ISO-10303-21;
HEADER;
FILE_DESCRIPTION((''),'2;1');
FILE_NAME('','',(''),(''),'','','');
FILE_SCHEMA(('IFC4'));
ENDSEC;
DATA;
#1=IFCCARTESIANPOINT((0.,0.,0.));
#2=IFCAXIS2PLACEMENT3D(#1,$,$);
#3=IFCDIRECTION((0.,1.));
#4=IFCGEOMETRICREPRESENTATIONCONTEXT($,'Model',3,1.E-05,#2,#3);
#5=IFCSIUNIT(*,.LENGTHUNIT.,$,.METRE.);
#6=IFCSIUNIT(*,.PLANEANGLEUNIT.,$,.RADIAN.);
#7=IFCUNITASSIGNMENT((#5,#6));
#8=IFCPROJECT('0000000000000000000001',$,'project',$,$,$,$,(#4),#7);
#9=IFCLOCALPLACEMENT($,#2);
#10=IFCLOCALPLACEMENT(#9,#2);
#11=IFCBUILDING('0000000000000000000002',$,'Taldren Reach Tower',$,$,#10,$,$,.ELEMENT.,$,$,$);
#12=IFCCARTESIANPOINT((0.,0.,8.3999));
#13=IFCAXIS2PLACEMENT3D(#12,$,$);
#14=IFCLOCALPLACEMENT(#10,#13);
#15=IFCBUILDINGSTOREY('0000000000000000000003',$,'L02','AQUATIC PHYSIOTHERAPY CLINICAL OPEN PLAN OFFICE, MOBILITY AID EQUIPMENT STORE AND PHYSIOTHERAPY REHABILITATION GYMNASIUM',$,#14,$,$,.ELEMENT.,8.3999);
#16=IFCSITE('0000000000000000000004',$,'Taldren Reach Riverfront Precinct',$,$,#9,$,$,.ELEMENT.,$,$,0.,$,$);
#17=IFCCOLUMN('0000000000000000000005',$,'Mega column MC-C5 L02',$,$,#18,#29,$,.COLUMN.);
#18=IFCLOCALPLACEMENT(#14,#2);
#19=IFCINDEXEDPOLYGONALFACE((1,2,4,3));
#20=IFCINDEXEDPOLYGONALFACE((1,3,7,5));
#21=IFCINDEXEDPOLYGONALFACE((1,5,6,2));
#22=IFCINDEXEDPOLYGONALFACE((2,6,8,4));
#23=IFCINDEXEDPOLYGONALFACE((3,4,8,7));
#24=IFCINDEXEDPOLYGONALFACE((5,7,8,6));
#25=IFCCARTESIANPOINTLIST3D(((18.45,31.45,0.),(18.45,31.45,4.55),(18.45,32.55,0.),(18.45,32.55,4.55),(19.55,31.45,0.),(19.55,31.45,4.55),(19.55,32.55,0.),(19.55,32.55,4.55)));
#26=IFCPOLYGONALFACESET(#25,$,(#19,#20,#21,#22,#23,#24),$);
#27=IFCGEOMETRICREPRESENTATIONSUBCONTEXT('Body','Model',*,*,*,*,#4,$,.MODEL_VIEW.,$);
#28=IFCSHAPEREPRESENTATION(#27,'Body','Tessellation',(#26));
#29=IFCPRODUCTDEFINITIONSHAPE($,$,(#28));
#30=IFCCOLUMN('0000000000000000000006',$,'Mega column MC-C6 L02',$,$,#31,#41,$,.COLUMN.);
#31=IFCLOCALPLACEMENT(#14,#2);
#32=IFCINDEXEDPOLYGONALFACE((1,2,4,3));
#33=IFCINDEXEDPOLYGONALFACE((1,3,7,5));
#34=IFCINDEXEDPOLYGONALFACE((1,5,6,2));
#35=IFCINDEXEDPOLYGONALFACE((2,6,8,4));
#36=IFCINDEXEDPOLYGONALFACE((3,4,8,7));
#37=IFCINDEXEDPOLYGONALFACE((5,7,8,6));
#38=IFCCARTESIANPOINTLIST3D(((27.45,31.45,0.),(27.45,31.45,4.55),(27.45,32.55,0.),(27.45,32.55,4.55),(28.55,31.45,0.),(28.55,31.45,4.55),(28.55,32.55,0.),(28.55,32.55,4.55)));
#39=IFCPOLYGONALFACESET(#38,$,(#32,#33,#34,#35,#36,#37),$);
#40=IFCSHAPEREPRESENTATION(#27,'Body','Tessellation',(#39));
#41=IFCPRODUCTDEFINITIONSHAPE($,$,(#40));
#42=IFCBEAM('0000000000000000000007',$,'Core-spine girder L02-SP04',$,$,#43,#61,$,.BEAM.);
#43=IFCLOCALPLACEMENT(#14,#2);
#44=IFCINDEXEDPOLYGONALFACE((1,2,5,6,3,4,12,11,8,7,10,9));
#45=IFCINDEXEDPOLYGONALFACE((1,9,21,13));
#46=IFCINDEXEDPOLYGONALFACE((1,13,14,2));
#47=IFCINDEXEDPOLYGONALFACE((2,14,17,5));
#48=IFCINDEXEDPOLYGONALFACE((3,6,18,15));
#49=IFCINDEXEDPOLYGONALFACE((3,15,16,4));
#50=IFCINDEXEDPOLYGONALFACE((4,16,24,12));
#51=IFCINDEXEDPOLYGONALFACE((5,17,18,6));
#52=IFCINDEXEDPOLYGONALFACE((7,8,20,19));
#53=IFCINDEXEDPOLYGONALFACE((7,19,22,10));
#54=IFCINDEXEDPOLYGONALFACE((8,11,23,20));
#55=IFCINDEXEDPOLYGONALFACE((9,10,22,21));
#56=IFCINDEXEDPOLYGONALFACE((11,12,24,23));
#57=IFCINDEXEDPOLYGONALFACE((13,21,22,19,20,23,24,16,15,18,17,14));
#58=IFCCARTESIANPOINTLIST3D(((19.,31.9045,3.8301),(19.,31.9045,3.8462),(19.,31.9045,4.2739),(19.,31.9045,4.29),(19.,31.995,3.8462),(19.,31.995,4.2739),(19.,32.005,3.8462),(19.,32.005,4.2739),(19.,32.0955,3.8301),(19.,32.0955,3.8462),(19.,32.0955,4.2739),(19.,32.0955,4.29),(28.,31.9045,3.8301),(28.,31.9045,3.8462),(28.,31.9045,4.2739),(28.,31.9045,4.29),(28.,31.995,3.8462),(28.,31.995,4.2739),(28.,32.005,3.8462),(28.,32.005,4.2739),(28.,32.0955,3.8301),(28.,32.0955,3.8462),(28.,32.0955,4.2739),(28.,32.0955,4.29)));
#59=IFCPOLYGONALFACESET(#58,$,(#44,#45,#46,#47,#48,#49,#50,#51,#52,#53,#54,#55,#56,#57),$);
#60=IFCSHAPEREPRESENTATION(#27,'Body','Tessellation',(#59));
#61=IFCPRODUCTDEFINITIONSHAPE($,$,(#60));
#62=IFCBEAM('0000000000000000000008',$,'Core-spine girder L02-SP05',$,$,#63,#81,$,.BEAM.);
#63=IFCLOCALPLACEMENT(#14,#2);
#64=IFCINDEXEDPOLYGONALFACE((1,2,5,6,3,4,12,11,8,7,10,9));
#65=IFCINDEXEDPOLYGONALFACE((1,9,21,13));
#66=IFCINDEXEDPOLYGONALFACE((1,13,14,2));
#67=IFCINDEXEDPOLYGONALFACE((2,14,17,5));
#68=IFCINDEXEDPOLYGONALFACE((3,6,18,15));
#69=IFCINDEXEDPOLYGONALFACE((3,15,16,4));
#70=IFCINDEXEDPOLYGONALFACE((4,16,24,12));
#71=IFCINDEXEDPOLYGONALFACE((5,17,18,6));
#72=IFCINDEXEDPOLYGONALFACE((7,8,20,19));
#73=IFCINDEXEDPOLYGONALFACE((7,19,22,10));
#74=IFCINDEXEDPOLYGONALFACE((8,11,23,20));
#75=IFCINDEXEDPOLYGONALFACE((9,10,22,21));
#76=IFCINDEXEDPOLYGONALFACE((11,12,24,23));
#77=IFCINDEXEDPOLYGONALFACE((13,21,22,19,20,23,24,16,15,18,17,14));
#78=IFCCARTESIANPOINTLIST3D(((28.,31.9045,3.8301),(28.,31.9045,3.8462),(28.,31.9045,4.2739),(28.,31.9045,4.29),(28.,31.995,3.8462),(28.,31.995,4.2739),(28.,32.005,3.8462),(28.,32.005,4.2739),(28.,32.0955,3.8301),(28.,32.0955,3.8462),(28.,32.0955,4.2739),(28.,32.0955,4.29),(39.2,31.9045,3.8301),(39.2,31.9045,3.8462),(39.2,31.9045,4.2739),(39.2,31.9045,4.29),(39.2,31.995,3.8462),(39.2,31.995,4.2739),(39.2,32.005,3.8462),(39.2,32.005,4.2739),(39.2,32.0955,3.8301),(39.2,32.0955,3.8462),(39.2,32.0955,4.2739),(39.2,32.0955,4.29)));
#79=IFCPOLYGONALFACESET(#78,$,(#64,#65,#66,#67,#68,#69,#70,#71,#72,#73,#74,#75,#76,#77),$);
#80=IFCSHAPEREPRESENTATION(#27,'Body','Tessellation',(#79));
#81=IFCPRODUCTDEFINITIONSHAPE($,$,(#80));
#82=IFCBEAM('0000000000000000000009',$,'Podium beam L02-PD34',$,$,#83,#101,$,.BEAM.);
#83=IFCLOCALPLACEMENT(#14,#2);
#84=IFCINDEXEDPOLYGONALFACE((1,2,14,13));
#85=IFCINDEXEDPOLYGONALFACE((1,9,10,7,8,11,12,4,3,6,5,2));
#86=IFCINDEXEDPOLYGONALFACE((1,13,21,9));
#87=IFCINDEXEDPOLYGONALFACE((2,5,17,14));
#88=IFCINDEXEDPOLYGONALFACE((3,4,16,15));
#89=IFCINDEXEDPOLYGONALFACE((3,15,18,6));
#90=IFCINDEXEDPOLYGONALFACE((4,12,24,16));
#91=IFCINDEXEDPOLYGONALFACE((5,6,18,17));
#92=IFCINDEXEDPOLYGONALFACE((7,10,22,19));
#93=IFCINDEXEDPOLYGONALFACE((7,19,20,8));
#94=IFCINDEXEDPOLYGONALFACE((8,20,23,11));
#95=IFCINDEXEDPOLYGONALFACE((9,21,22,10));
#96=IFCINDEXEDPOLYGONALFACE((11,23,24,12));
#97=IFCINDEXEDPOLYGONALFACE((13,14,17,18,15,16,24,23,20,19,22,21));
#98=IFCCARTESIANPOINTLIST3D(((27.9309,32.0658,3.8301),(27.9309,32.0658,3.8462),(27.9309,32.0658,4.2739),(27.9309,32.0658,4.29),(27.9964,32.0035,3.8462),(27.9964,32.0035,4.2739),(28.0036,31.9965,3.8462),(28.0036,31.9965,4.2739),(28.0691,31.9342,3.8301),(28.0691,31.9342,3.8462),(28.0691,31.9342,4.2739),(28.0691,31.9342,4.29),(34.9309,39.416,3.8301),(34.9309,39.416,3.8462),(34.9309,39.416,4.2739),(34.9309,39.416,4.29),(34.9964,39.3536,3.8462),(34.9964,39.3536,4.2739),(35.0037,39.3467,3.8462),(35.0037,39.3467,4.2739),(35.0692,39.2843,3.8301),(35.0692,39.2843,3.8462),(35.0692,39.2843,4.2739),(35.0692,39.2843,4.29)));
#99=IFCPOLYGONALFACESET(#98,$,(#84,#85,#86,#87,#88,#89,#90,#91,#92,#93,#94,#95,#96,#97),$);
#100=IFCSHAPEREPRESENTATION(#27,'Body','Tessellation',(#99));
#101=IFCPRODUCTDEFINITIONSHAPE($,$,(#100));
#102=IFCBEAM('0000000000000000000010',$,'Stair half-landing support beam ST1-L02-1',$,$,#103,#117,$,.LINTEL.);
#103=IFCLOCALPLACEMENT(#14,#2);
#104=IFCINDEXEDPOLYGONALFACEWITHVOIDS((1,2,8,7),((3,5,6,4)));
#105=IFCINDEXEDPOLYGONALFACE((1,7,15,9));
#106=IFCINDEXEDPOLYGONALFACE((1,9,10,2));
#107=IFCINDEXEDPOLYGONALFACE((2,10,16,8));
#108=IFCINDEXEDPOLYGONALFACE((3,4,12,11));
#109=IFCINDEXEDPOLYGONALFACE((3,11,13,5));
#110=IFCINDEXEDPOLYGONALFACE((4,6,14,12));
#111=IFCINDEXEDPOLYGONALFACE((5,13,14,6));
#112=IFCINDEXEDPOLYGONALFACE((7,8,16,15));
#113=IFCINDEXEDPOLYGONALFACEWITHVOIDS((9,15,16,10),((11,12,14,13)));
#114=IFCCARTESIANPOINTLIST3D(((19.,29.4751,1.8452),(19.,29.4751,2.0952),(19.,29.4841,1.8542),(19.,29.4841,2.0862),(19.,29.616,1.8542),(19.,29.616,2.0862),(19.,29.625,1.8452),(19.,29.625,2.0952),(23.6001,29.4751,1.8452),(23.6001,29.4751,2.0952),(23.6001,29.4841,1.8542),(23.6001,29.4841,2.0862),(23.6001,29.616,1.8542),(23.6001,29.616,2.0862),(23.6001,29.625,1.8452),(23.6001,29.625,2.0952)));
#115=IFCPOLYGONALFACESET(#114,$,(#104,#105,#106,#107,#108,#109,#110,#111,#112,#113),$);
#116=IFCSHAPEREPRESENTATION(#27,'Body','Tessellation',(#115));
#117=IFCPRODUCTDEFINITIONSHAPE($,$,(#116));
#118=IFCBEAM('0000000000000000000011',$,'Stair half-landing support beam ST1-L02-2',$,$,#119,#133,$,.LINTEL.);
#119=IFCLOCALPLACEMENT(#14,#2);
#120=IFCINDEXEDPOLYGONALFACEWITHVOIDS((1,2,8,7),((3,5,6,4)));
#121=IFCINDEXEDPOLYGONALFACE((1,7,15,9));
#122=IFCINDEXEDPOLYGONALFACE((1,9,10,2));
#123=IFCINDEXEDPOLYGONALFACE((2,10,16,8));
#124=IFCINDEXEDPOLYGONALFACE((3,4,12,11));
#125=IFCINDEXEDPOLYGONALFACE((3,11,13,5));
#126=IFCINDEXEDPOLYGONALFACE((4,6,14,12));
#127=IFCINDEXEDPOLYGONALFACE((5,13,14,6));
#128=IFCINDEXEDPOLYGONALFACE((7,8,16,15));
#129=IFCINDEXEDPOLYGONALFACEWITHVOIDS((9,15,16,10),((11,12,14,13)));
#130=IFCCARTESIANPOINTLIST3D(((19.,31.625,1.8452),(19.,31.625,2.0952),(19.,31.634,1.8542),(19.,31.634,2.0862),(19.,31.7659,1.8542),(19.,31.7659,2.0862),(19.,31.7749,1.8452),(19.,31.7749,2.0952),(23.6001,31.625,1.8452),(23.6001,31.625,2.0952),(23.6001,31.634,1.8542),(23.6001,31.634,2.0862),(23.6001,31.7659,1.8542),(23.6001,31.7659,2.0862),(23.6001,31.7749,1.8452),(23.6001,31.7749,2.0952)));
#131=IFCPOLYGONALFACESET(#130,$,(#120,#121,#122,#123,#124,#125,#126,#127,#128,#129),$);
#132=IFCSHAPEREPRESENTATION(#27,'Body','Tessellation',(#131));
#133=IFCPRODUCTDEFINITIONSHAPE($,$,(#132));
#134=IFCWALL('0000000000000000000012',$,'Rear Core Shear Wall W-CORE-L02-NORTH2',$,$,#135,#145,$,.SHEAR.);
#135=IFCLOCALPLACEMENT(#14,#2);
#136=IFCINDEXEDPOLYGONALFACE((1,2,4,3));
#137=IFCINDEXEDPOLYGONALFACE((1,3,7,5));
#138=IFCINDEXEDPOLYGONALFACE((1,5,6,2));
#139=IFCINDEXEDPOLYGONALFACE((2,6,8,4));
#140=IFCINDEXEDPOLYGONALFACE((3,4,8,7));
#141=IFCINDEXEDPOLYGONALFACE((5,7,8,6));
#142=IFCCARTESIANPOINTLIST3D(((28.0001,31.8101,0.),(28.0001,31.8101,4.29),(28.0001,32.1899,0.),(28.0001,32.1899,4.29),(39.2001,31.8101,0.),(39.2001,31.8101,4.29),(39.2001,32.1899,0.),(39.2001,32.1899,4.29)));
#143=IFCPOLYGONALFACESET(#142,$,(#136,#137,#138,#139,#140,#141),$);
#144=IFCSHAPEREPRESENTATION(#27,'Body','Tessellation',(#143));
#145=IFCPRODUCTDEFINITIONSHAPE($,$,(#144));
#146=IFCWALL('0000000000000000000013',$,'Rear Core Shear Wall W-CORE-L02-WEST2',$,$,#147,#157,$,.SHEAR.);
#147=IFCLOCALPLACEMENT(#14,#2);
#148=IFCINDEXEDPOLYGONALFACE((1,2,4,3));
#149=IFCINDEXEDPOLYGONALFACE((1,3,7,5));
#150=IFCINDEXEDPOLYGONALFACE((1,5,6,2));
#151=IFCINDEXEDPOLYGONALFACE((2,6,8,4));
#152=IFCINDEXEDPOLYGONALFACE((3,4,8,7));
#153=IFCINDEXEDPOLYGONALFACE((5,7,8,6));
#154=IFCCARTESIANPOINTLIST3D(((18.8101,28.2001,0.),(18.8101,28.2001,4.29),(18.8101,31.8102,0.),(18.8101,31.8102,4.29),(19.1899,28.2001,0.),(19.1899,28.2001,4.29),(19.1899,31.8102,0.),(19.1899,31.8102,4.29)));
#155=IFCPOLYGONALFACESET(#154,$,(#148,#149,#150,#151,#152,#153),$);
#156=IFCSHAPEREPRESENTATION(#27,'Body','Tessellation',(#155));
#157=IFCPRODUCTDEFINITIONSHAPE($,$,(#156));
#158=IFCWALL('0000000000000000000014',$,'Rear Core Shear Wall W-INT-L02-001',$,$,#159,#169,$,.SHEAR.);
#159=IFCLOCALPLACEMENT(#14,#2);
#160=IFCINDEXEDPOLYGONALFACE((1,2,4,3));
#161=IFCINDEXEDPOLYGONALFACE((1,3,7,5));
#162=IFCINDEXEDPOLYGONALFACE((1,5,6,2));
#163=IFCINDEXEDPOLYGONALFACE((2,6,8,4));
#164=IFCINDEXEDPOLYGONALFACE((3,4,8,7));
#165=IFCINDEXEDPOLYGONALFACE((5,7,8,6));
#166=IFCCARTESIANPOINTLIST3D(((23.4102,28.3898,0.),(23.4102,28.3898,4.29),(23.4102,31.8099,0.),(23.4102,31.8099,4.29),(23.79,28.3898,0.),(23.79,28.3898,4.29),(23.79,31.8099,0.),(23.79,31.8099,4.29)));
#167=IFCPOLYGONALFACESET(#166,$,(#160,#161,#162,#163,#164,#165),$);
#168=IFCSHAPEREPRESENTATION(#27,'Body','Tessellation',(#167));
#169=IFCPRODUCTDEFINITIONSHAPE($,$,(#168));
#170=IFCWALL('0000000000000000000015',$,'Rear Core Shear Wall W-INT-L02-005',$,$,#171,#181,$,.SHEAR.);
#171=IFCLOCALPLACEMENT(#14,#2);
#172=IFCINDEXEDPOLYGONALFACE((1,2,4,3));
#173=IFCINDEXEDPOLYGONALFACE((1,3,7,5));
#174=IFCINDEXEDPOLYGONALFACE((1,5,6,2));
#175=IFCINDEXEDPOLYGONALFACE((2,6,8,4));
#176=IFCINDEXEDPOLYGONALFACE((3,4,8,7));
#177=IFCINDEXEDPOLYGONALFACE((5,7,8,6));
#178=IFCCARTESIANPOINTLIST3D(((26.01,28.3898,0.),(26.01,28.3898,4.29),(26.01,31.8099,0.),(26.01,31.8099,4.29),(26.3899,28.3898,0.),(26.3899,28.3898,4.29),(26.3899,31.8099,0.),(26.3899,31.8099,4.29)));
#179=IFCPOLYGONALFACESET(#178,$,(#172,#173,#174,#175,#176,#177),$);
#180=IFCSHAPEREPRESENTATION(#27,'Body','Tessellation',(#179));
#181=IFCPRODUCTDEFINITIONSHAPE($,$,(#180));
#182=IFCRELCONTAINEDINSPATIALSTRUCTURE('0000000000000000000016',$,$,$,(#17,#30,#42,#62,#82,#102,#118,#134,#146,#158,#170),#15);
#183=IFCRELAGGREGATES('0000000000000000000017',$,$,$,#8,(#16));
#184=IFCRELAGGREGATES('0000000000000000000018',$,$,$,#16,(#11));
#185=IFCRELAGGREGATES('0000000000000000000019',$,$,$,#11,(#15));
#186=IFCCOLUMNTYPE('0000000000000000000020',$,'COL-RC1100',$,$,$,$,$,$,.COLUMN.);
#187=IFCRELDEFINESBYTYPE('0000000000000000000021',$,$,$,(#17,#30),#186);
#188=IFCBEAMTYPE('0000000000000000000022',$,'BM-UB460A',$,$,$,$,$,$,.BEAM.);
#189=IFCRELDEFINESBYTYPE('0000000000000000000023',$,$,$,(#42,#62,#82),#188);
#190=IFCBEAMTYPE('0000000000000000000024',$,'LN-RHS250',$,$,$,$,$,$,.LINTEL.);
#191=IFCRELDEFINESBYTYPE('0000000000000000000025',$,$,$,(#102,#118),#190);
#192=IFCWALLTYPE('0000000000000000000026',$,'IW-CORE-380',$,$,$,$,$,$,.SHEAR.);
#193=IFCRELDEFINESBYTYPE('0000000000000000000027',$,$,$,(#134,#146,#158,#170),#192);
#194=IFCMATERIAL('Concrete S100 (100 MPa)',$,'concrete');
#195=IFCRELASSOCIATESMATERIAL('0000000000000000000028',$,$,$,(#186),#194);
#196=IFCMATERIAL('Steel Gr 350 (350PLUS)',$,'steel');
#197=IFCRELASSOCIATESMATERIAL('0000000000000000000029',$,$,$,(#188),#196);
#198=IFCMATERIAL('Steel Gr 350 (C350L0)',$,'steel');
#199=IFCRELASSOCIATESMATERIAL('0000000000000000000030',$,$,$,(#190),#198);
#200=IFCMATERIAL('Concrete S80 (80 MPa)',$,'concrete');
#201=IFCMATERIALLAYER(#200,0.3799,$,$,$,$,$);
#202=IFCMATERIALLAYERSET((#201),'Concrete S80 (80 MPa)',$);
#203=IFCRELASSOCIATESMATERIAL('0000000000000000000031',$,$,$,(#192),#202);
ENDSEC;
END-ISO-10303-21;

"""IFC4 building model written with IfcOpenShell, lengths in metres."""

from ifc_helpers import new_model, si_unit, direction, frame, frame_2d, origin, origin_2d, place, context, subcontext, project, spatial, rectangle, hollow_rectangle, i_section, extrude, source, transform, mapped, material, layer, layer_set, material_profile, profile_set, type_object, element, save


model = new_model("IFC4")

# Units and contexts
model_context = context("Model", 3, precision=1e-05, world=origin(), true_north=direction((0.0, 1.0)))
body_context = subcontext(model_context, "Body", "Model", "MODEL_VIEW")
ifc_project = project(units=[si_unit("LENGTHUNIT", "METRE"), si_unit("PLANEANGLEUNIT", "RADIAN")], contexts=[model_context])

# Site, building, storey
site_placement = place(None, origin())
site = spatial("IfcSite", under=ifc_project, at=site_placement, Name="Taldren Reach Riverfront Precinct", CompositionType="ELEMENT", RefElevation=0.0)
building_placement = place(site_placement, origin())
building = spatial("IfcBuilding", under=site, at=building_placement, Name="Taldren Reach Tower", CompositionType="ELEMENT")
storey_placement = place(building_placement, frame((0.0, 0.0, 8.3999)))
storey = spatial("IfcBuildingStorey", under=building, at=storey_placement, Name="L02", Description="AQUATIC PHYSIOTHERAPY CLINICAL OPEN PLAN OFFICE, MOBILITY AID EQUIPMENT STORE AND PHYSIOTHERAPY REHABILITATION GYMNASIUM", CompositionType="ELEMENT", Elevation=8.3999)

# Columns
ifc_material_1 = material(Name="Concrete S100 (100 MPa)", Category="concrete")
ifc_material_profile_1 = material_profile(ifc_material_1, rectangle(XDim=1.1001, YDim=1.1001, at=origin_2d()), Name="RC-1100x1100")
ifc_profile_set_1 = profile_set([ifc_material_profile_1], Name="Concrete S100 (100 MPa)")
column_type = type_object("IfcColumnType", Name="COL-RC1100", PredefinedType="COLUMN", material=ifc_profile_set_1)
shared_shape_1 = source(origin(), body_context, "Body", "SweptSolid", [
    extrude(rectangle(XDim=1.1001, YDim=1.1001, at=origin_2d()), origin(), (0.0, 0.0, 1.0), 4.55),
])
for number, where, z_axis, x_axis, name in (
    (1, (19.0, 32.0, 0.0), (0.0, 0.0, 1.0), (1.0, 0.0, 0.0), "Mega column MC-C5 L02"),
    (2, (28.0, 32.0, 0.0), (0.0, 0.0, 1.0), (1.0, 0.0, 0.0), "Mega column MC-C6 L02"),
):
    element("IfcColumn", number, at=place(storey_placement, frame(where, z_axis=z_axis, x_axis=x_axis)), inside=storey, type_object=column_type, Name=name, PredefinedType="COLUMN", context=body_context, shape_type="MappedRepresentation", body=[
        mapped(shared_shape_1, transform((0.0, 0.0, 0.0), scale=1.0)),
    ])

# Beams
ifc_material_2 = material(Name="Steel Gr 350 (350PLUS)", Category="steel")
ifc_material_profile_2 = material_profile(ifc_material_2, i_section(OverallWidth=0.1909, OverallDepth=0.46, WebThickness=0.01, FlangeThickness=0.0161, at=origin_2d()), Name="460UB82.1")
ifc_profile_set_2 = profile_set([ifc_material_profile_2], Name="Steel Gr 350 (350PLUS)")
beam_type_1 = type_object("IfcBeamType", Name="BM-UB460A", PredefinedType="BEAM", material=ifc_profile_set_2)
shared_shape_2 = source(origin(), body_context, "Body", "SweptSolid", [
    extrude(i_section(OverallWidth=0.1909, OverallDepth=0.46, WebThickness=0.01, FlangeThickness=0.0161, at=origin_2d()), origin(), (0.0, 0.0, 1.0), 9.0),
])
beam_1_placement = place(storey_placement, frame((19.0, 32.0, 4.0601), z_axis=(1.0, 0.0, 0.0), x_axis=(0.0, 1.0, 0.0)))
element("IfcBeam", 3, at=beam_1_placement, inside=storey, type_object=beam_type_1, Name="Core-spine girder L02-SP04", PredefinedType="BEAM", context=body_context, shape_type="MappedRepresentation", body=[
    mapped(shared_shape_2, transform((0.0, 0.0, 0.0), scale=1.0)),
])
shared_shape_3 = source(origin(), body_context, "Body", "SweptSolid", [
    extrude(i_section(OverallWidth=0.1909, OverallDepth=0.46, WebThickness=0.01, FlangeThickness=0.0161, at=origin_2d()), origin(), (0.0, 0.0, 1.0), 11.2),
])
beam_2_placement = place(storey_placement, frame((28.0, 32.0, 4.0601), z_axis=(1.0, 0.0, 0.0), x_axis=(0.0, 1.0, 0.0)))
element("IfcBeam", 4, at=beam_2_placement, inside=storey, type_object=beam_type_1, Name="Core-spine girder L02-SP05", PredefinedType="BEAM", context=body_context, shape_type="MappedRepresentation", body=[
    mapped(shared_shape_3, transform((0.0, 0.0, 0.0), scale=1.0)),
])
shared_shape_4 = source(origin(), body_context, "Body", "SweptSolid", [
    extrude(i_section(OverallWidth=0.1909, OverallDepth=0.46, WebThickness=0.01, FlangeThickness=0.0161, at=origin_2d()), origin(), (0.0, 0.0, 1.0), 10.1501),
])
beam_3_placement = place(storey_placement, frame((28.0, 32.0, 4.0601), z_axis=(0.68965, 0.724143, 0.0), x_axis=(-0.724143, 0.68965, 0.0)))
element("IfcBeam", 5, at=beam_3_placement, inside=storey, type_object=beam_type_1, Name="Podium beam L02-PD34", PredefinedType="BEAM", context=body_context, shape_type="MappedRepresentation", body=[
    mapped(shared_shape_4, transform((0.0, 0.0, 0.0), scale=1.0)),
])
ifc_material_3 = material(Name="Steel Gr 350 (C350L0)", Category="steel")
ifc_material_profile_3 = material_profile(ifc_material_3, hollow_rectangle(XDim=0.1499, YDim=0.25, WallThickness=0.009, at=origin_2d()), Name="250x150x9.0RHS")
ifc_profile_set_3 = profile_set([ifc_material_profile_3], Name="Steel Gr 350 (C350L0)")
beam_type_2 = type_object("IfcBeamType", Name="LN-RHS250", PredefinedType="LINTEL", material=ifc_profile_set_3)
shared_shape_5 = source(origin(), body_context, "Body", "SweptSolid", [
    extrude(hollow_rectangle(XDim=0.1499, YDim=0.25, WallThickness=0.009, at=origin_2d()), origin(), (0.0, 0.0, 1.0), 4.6001),
])
for number, where, z_axis, x_axis, name in (
    (6, (19.0, 29.55, 1.9702), (1.0, 0.0, 0.0), (0.0, 1.0, 0.0), "Stair half-landing support beam ST1-L02-1"),
    (7, (19.0, 31.7, 1.9702), (1.0, 0.0, 0.0), (0.0, 1.0, 0.0), "Stair half-landing support beam ST1-L02-2"),
):
    element("IfcBeam", number, at=place(storey_placement, frame(where, z_axis=z_axis, x_axis=x_axis)), inside=storey, type_object=beam_type_2, Name=name, PredefinedType="LINTEL", context=body_context, shape_type="MappedRepresentation", body=[
        mapped(shared_shape_5, transform((0.0, 0.0, 0.0), scale=1.0)),
    ])

# Walls
ifc_material_4 = material(Name="Concrete S80 (80 MPa)", Category="concrete")
ifc_layer_1 = layer(ifc_material_4, 0.3799)
ifc_layer_set_1 = layer_set([ifc_layer_1], Name="Concrete S80 (80 MPa)")
wall_type_1 = type_object("IfcWallType", Name="IW-CORE-380", PredefinedType="SHEAR", material=ifc_layer_set_1)
shared_shape_6 = source(origin(), body_context, "Body", "SweptSolid", [
    extrude(rectangle(XDim=11.2, YDim=0.3799, at=frame_2d((5.6001, 0.0))), origin(), (0.0, 0.0, 1.0), 4.29),
])
wall_1_placement = place(storey_placement, frame((28.0, 32.0, 0.0), z_axis=(0.0, 0.0, 1.0), x_axis=(1.0, 0.0, 0.0)))
element("IfcWall", 8, at=wall_1_placement, inside=storey, type_object=wall_type_1, Name="Rear Core Shear Wall W-CORE-L02-NORTH2", PredefinedType="SHEAR", context=body_context, shape_type="MappedRepresentation", body=[
    mapped(shared_shape_6, transform((0.0, 0.0, 0.0), scale=1.0)),
])
shared_shape_7 = source(origin(), body_context, "Body", "SweptSolid", [
    extrude(rectangle(XDim=3.6101, YDim=0.3799, at=frame_2d((1.8052, 0.0))), origin(), (0.0, 0.0, 1.0), 4.29),
])
wall_2_placement = place(storey_placement, frame((19.0, 28.2, 0.0), z_axis=(0.0, 0.0, 1.0), x_axis=(0.0, 1.0, 0.0)))
element("IfcWall", 9, at=wall_2_placement, inside=storey, type_object=wall_type_1, Name="Rear Core Shear Wall W-CORE-L02-WEST2", PredefinedType="SHEAR", context=body_context, shape_type="MappedRepresentation", body=[
    mapped(shared_shape_7, transform((0.0, 0.0, 0.0), scale=1.0)),
])
shared_shape_8 = source(origin(), body_context, "Body", "SweptSolid", [
    extrude(rectangle(XDim=3.4202, YDim=0.3799, at=frame_2d((1.71, 0.0))), origin(), (0.0, 0.0, 1.0), 4.29),
])
for number, where, z_axis, x_axis, name in (
    (10, (23.6001, 28.3899, 0.0), (0.0, 0.0, 1.0), (0.0, 1.0, 0.0), "Rear Core Shear Wall W-INT-L02-001"),
    (11, (26.2, 28.3899, 0.0), (0.0, 0.0, 1.0), (0.0, 1.0, 0.0), "Rear Core Shear Wall W-INT-L02-005"),
):
    element("IfcWall", number, at=place(storey_placement, frame(where, z_axis=z_axis, x_axis=x_axis)), inside=storey, type_object=wall_type_1, Name=name, PredefinedType="SHEAR", context=body_context, shape_type="MappedRepresentation", body=[
        mapped(shared_shape_8, transform((0.0, 0.0, 0.0), scale=1.0)),
    ])

save(model, "model.ifc")
